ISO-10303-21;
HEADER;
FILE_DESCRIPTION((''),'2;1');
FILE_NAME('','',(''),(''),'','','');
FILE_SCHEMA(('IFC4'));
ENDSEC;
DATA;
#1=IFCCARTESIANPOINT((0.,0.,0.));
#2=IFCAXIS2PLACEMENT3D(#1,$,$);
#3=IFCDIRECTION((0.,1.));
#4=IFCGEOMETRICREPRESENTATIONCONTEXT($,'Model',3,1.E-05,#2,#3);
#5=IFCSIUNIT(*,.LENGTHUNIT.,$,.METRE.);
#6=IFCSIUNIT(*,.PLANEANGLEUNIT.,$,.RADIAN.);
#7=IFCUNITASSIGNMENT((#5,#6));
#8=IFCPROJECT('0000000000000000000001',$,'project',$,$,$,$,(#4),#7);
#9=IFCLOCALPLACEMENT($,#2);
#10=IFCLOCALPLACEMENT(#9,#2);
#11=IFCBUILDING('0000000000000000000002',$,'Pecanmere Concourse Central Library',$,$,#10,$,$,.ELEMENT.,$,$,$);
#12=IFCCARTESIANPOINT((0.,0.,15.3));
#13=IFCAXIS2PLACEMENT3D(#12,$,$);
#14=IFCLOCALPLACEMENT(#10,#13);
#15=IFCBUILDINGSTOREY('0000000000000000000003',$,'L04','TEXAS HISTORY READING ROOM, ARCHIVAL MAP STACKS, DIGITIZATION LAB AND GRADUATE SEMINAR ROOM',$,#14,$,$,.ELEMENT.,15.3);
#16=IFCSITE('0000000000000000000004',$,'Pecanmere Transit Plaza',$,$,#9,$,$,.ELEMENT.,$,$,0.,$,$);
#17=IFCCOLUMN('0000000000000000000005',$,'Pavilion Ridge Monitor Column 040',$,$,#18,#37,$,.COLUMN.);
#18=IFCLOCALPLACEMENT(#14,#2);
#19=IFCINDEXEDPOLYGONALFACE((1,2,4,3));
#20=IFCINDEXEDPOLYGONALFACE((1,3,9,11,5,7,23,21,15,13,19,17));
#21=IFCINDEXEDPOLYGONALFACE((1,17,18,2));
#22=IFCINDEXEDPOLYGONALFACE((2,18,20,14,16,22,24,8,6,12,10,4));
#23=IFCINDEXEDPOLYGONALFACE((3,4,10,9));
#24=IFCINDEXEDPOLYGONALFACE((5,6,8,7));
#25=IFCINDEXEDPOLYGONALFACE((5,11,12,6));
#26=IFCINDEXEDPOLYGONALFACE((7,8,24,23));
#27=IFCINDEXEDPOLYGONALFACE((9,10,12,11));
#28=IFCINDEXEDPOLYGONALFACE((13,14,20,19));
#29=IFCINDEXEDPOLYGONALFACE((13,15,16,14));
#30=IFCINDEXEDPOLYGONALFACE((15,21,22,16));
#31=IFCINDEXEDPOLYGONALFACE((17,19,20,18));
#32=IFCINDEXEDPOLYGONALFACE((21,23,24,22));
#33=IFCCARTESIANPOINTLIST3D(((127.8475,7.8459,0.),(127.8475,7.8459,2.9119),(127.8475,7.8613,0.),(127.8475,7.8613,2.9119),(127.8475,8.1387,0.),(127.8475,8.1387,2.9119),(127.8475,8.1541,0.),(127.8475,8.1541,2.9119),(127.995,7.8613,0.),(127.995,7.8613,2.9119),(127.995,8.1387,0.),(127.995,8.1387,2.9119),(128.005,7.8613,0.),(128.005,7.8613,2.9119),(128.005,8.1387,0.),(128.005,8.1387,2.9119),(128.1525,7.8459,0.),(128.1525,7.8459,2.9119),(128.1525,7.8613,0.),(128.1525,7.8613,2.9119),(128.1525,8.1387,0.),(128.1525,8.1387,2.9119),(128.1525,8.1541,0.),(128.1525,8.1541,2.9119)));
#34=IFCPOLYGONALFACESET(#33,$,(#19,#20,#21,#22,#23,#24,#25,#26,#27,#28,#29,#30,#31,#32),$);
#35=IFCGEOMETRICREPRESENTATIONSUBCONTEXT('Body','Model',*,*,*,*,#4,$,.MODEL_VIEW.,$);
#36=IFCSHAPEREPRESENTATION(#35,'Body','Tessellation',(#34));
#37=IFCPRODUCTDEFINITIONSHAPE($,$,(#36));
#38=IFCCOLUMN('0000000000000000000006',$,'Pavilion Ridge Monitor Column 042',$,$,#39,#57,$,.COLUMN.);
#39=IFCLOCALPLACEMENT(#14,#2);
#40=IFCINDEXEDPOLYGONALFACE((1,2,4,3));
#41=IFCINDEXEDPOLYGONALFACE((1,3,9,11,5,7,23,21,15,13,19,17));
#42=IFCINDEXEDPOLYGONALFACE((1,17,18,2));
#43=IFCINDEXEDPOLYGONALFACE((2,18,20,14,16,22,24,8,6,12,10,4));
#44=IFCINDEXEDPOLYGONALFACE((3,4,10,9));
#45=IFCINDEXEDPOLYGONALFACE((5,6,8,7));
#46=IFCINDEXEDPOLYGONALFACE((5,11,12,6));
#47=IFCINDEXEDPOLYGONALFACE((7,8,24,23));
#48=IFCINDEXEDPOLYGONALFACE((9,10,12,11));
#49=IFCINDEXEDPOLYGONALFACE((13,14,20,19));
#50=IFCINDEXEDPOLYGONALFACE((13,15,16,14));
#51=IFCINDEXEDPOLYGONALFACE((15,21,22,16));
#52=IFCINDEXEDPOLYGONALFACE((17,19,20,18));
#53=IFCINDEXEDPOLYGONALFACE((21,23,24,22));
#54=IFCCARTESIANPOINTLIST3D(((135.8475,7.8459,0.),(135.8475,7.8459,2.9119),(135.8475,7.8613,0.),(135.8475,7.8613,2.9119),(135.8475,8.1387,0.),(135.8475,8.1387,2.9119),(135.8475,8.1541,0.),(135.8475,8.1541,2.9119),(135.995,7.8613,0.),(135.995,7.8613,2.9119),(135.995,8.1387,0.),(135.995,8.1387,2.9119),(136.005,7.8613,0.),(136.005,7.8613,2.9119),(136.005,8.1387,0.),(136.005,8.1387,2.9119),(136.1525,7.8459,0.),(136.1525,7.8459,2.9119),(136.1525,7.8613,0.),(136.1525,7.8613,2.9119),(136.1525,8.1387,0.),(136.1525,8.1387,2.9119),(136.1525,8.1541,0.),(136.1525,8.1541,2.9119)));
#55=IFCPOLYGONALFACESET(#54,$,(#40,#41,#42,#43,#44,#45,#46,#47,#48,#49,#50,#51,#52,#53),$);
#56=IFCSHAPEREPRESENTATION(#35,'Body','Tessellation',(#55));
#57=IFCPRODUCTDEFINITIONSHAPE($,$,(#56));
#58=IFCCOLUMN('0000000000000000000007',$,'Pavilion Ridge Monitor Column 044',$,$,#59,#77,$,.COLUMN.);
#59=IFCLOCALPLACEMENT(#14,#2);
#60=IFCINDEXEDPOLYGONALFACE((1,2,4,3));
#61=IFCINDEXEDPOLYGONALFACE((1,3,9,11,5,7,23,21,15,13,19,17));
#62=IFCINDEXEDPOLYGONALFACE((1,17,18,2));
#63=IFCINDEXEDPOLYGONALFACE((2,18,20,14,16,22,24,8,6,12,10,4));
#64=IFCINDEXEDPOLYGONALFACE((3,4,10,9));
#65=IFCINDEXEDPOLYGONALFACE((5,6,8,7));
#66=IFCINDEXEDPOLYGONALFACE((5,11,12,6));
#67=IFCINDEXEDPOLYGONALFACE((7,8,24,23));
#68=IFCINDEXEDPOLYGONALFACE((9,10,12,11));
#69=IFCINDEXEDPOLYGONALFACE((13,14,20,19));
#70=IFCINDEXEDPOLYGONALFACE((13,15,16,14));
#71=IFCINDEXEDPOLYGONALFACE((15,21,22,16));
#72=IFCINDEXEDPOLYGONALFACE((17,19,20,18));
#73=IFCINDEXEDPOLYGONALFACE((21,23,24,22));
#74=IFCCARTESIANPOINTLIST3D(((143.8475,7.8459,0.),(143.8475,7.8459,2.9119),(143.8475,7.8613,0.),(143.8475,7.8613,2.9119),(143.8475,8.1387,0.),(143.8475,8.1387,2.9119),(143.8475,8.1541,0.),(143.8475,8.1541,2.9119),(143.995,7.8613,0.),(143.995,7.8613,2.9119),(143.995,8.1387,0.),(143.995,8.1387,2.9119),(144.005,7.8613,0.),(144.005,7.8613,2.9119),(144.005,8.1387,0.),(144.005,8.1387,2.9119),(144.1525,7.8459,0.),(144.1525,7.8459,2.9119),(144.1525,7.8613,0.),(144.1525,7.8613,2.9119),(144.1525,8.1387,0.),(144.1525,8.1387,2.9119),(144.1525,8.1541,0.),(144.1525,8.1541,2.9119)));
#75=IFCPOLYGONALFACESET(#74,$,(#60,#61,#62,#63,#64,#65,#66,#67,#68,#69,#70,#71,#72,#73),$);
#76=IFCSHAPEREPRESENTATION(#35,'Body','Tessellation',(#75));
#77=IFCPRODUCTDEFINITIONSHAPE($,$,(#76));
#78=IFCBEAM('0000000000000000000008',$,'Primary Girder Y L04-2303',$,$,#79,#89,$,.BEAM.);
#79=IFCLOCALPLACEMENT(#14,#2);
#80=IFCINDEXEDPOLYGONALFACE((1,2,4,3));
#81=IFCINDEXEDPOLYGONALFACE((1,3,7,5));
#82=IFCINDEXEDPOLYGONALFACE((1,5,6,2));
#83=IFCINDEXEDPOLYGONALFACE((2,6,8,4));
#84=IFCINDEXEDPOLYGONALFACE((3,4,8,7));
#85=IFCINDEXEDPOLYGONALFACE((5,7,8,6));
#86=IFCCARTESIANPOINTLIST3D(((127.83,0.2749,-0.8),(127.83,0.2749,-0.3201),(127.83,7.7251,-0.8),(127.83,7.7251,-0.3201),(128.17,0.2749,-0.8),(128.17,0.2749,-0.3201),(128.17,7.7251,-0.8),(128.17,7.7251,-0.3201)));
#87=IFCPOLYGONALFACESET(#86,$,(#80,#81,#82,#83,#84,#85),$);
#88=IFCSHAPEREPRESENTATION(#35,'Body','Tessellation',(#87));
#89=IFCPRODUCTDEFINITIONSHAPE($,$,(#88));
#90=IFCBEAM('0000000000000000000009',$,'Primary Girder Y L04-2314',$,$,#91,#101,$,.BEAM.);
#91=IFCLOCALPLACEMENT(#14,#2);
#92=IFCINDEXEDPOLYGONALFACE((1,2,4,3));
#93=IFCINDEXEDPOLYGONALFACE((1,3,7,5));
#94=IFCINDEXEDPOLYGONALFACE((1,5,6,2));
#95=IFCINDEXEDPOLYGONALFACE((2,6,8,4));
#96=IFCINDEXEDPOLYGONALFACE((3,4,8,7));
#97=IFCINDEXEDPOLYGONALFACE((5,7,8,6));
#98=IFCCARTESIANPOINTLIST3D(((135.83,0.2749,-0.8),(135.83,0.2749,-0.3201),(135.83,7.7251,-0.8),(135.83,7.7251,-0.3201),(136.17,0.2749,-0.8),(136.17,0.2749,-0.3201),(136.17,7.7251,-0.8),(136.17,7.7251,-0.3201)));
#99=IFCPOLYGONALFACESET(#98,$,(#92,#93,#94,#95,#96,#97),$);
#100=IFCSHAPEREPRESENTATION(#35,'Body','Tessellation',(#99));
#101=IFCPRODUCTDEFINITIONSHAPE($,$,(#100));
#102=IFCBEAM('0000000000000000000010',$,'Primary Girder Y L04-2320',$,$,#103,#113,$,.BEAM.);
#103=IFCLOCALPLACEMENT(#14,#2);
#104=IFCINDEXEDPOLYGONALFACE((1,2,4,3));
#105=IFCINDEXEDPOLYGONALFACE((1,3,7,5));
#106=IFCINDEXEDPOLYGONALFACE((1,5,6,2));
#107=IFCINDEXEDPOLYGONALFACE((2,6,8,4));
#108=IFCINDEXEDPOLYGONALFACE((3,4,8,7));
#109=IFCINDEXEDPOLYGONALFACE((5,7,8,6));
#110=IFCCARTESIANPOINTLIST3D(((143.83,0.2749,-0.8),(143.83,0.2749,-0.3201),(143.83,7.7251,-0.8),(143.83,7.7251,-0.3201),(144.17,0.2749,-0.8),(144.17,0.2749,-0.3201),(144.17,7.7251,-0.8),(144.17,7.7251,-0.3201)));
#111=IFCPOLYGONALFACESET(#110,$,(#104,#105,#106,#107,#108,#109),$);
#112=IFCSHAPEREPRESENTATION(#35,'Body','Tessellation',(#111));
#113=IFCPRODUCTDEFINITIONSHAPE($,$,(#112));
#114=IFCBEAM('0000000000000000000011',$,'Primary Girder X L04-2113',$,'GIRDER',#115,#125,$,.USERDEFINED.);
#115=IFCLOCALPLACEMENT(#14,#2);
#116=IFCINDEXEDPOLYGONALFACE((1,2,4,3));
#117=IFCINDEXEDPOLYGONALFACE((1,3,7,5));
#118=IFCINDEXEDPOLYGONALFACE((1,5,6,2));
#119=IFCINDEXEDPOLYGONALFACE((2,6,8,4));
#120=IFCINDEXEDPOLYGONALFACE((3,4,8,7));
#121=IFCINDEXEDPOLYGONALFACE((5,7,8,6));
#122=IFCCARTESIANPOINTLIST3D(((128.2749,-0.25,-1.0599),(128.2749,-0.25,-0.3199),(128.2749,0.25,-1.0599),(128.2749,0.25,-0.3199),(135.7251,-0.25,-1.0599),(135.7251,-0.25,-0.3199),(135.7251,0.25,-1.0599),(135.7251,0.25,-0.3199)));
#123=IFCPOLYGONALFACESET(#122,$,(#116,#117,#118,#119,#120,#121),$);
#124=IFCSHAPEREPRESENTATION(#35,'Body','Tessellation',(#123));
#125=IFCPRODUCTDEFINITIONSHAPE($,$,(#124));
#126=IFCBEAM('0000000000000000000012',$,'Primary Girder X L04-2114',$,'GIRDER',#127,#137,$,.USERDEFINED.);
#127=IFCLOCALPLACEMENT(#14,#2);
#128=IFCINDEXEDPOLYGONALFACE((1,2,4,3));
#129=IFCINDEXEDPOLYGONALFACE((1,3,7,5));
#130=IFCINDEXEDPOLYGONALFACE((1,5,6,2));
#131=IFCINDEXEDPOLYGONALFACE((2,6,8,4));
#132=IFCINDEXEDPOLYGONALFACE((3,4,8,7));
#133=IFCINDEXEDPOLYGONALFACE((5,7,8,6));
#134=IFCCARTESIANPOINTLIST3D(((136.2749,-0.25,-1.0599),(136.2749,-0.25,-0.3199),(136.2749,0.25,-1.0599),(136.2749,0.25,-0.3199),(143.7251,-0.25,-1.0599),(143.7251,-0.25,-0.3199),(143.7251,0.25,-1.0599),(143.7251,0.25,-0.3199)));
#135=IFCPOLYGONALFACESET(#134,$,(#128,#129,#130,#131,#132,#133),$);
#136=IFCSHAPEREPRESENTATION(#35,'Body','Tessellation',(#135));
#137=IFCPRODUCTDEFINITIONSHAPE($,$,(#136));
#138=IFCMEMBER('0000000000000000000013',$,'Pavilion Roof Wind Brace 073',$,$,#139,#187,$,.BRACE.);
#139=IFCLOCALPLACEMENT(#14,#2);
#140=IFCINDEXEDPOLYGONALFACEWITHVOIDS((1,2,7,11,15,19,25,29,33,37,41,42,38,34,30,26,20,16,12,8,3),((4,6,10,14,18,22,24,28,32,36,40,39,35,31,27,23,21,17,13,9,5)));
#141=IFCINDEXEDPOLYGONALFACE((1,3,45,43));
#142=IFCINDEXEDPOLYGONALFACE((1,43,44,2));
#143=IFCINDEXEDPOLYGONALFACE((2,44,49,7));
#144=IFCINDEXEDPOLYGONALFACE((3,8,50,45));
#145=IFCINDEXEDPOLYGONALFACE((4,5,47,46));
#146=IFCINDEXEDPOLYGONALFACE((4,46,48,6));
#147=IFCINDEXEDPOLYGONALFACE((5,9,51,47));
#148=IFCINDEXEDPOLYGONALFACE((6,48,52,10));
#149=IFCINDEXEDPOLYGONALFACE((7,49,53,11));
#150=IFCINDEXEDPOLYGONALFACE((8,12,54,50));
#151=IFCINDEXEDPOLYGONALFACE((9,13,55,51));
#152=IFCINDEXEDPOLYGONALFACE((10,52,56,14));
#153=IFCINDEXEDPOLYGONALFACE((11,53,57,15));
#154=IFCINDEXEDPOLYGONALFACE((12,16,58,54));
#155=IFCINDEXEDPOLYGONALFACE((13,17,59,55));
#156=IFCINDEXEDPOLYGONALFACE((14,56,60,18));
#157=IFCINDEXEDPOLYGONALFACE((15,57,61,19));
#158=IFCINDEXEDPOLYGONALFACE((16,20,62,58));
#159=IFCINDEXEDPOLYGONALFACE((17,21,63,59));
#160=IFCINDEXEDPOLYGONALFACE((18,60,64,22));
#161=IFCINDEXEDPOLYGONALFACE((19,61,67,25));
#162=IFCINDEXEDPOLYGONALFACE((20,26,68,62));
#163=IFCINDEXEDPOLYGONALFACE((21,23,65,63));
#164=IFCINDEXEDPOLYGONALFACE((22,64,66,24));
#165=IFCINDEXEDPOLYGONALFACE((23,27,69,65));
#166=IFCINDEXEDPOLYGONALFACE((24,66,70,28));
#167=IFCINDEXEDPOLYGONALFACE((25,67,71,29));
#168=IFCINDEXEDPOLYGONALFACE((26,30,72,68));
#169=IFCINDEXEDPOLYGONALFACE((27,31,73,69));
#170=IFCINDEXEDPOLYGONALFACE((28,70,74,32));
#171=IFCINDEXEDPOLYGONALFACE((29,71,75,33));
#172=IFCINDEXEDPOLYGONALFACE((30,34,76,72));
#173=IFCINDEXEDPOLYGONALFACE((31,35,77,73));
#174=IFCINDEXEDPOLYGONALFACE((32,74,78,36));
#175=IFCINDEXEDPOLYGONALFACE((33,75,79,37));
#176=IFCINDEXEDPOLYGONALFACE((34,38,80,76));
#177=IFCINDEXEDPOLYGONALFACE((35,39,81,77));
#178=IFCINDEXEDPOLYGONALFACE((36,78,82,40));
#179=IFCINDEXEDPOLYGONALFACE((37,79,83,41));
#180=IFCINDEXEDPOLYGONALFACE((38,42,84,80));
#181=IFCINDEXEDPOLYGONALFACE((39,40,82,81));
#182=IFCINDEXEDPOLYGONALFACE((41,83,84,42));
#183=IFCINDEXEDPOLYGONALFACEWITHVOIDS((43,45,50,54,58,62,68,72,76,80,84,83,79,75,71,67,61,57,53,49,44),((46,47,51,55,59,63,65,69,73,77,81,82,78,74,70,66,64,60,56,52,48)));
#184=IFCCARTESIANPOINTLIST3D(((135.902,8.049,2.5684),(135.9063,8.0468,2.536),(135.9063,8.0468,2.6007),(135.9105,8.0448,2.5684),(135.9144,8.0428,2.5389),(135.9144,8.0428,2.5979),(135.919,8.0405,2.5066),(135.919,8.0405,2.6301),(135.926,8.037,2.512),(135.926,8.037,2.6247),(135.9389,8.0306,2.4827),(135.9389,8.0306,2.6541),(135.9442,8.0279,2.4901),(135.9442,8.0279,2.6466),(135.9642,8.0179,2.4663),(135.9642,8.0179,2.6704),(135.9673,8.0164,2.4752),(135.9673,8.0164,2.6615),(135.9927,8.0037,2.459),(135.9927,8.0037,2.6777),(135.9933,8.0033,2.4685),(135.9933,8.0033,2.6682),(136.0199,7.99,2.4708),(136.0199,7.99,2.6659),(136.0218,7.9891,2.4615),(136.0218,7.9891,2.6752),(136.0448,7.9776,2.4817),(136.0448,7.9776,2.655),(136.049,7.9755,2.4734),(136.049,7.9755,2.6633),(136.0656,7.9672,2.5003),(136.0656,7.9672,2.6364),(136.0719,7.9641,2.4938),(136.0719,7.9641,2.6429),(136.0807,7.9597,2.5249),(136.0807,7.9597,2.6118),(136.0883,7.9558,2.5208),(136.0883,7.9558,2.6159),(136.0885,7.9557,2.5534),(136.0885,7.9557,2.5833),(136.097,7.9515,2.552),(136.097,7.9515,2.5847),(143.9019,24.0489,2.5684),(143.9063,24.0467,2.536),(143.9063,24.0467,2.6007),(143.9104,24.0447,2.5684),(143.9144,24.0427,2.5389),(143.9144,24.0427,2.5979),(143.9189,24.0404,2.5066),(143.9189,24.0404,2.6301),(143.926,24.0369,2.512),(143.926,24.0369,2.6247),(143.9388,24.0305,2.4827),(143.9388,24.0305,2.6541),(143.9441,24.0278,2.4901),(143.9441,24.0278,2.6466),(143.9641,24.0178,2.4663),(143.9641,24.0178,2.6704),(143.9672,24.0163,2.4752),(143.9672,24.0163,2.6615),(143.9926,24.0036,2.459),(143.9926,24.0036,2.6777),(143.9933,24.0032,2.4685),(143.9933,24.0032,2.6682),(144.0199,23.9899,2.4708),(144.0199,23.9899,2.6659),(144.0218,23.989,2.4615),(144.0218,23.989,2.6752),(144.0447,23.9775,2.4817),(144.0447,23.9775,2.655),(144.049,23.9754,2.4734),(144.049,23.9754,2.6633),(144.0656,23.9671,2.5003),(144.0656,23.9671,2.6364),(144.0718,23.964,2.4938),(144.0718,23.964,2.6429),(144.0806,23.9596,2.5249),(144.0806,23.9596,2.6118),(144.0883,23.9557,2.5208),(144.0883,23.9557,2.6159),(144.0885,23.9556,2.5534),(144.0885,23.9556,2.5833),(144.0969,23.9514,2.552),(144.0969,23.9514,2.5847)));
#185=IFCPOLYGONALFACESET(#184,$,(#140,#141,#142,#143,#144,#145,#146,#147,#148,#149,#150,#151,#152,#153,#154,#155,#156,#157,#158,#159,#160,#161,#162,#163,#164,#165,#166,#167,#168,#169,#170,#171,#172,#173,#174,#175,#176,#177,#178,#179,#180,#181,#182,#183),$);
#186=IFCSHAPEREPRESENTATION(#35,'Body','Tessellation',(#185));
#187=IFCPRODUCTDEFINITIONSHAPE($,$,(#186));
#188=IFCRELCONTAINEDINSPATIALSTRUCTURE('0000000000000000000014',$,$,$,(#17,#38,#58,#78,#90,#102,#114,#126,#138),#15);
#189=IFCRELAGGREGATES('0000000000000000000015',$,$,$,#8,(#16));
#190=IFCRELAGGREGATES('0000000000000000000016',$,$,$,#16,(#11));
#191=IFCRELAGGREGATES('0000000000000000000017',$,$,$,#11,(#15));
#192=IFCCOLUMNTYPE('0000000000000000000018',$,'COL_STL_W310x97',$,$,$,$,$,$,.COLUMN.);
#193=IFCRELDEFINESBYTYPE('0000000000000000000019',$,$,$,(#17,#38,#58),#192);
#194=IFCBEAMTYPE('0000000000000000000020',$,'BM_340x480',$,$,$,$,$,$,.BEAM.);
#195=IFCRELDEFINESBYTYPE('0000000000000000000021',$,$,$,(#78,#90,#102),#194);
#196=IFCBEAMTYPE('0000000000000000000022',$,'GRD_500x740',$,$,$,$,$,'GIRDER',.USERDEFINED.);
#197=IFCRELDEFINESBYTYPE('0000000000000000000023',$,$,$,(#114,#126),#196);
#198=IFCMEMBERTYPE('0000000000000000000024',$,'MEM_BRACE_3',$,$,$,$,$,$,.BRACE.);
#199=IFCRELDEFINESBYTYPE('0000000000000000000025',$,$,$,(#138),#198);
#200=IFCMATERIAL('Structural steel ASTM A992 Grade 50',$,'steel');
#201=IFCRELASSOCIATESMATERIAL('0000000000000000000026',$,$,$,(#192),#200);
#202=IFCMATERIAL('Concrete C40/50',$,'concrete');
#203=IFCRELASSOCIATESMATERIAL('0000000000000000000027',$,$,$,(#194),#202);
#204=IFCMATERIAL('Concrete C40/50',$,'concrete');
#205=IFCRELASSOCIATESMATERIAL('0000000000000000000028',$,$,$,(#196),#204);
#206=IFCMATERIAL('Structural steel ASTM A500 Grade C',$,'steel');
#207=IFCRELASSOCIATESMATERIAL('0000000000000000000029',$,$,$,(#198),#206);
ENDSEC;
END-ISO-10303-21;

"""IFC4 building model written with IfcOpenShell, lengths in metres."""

from ifc_helpers import new_model, si_unit, direction, frame, origin, origin_2d, place, context, subcontext, project, spatial, rectangle, hollow_circle, i_section, extrude, material, material_profile, profile_set, type_object, element, save


model = new_model("IFC4")

# Units and contexts
model_context = context("Model", 3, precision=1e-05, world=origin(), true_north=direction((0.0, 1.0)))
body_context = subcontext(model_context, "Body", "Model", "MODEL_VIEW")
ifc_project = project(units=[si_unit("LENGTHUNIT", "METRE"), si_unit("PLANEANGLEUNIT", "RADIAN")], contexts=[model_context])

# Site, building, storey
site_placement = place(None, origin())
site = spatial("IfcSite", under=ifc_project, at=site_placement, Name="Pecanmere Transit Plaza", CompositionType="ELEMENT", RefElevation=0.0)
building_placement = place(site_placement, origin())
building = spatial("IfcBuilding", under=site, at=building_placement, Name="Pecanmere Concourse Central Library", CompositionType="ELEMENT")
storey_placement = place(building_placement, frame((0.0, 0.0, 15.3)))
storey = spatial("IfcBuildingStorey", under=building, at=storey_placement, Name="L04", Description="TEXAS HISTORY READING ROOM, ARCHIVAL MAP STACKS, DIGITIZATION LAB AND GRADUATE SEMINAR ROOM", CompositionType="ELEMENT", Elevation=15.3)

# Columns
ifc_material_1 = material(Name="Structural steel ASTM A992 Grade 50", Category="steel")
ifc_material_profile_1 = material_profile(ifc_material_1, i_section(OverallWidth=0.3049, OverallDepth=0.3081, WebThickness=0.01, FlangeThickness=0.0154, at=origin_2d()), Name="W310x97")
ifc_profile_set_1 = profile_set([ifc_material_profile_1], Name="Structural steel ASTM A992 Grade 50")
column_type = type_object("IfcColumnType", Name="COL_STL_W310x97", PredefinedType="COLUMN", material=ifc_profile_set_1)
for number, where, z_axis, x_axis, name in (
    (1, (128.0, 8.0, 0.0), (0.0, 0.0, 1.0), (1.0, 0.0, 0.0), "Pavilion Ridge Monitor Column 040"),
    (2, (136.0, 8.0, 0.0), (0.0, 0.0, 1.0), (1.0, 0.0, 0.0), "Pavilion Ridge Monitor Column 042"),
    (3, (144.0, 8.0, 0.0), (0.0, 0.0, 1.0), (1.0, 0.0, 0.0), "Pavilion Ridge Monitor Column 044"),
):
    element("IfcColumn", number, at=place(storey_placement, frame(where, z_axis=z_axis, x_axis=x_axis)), inside=storey, type_object=column_type, Name=name, PredefinedType="COLUMN", context=body_context, shape_type="SweptSolid", body=[
        extrude(i_section(OverallWidth=0.3049, OverallDepth=0.3081, WebThickness=0.01, FlangeThickness=0.0154, at=origin_2d()), origin(), (0.0, 0.0, 1.0), 2.9119),
    ])

# Beams
ifc_material_2 = material(Name="Concrete C40/50", Category="concrete")
ifc_material_profile_2 = material_profile(ifc_material_2, rectangle(XDim=0.3401, YDim=0.48, at=origin_2d()), Name="RC 340x480")
ifc_profile_set_2 = profile_set([ifc_material_profile_2], Name="Concrete C40/50")
beam_type_1 = type_object("IfcBeamType", Name="BM_340x480", PredefinedType="BEAM", material=ifc_profile_set_2)
for number, where, z_axis, x_axis, name in (
    (4, (128.0, 0.2749, -0.5601), (0.0, 1.0, 0.0), (-1.0, 0.0, 0.0), "Primary Girder Y L04-2303"),
    (5, (136.0, 0.2749, -0.5601), (0.0, 1.0, 0.0), (-1.0, 0.0, 0.0), "Primary Girder Y L04-2314"),
    (6, (144.0, 0.2749, -0.5601), (0.0, 1.0, 0.0), (-1.0, 0.0, 0.0), "Primary Girder Y L04-2320"),
):
    element("IfcBeam", number, at=place(storey_placement, frame(where, z_axis=z_axis, x_axis=x_axis)), inside=storey, type_object=beam_type_1, Name=name, PredefinedType="BEAM", context=body_context, shape_type="SweptSolid", body=[
        extrude(rectangle(XDim=0.3401, YDim=0.48, at=origin_2d()), origin(), (0.0, 0.0, 1.0), 7.4502),
    ])
ifc_material_3 = material(Name="Concrete C40/50", Category="concrete")
ifc_material_profile_3 = material_profile(ifc_material_3, rectangle(XDim=0.5, YDim=0.74, at=origin_2d()), Name="RC 500x740")
ifc_profile_set_3 = profile_set([ifc_material_profile_3], Name="Concrete C40/50")
beam_type_2 = type_object("IfcBeamType", Name="GRD_500x740", ElementType="GIRDER", PredefinedType="USERDEFINED", material=ifc_profile_set_3)
for number, where, z_axis, x_axis, name in (
    (7, (128.2749, 0.0, -0.6899), (1.0, 0.0, 0.0), (0.0, 1.0, 0.0), "Primary Girder X L04-2113"),
    (8, (136.2749, 0.0, -0.6899), (1.0, 0.0, 0.0), (0.0, 1.0, 0.0), "Primary Girder X L04-2114"),
):
    element("IfcBeam", number, at=place(storey_placement, frame(where, z_axis=z_axis, x_axis=x_axis)), inside=storey, type_object=beam_type_2, Name=name, ObjectType="GIRDER", PredefinedType="USERDEFINED", context=body_context, shape_type="SweptSolid", body=[
        extrude(rectangle(XDim=0.5, YDim=0.74, at=origin_2d()), origin(), (0.0, 0.0, 1.0), 7.4502),
    ])

# Member
ifc_material_4 = material(Name="Structural steel ASTM A500 Grade C", Category="steel")
ifc_material_profile_4 = material_profile(ifc_material_4, hollow_circle(Radius=0.1096, WallThickness=0.0095, at=origin_2d()), Name="HSS219.1x9.5")
ifc_profile_set_4 = profile_set([ifc_material_profile_4], Name="Structural steel ASTM A500 Grade C")
member_type_1 = type_object("IfcMemberType", Name="MEM_BRACE_3", PredefinedType="BRACE", material=ifc_profile_set_4)
member_1_placement = place(storey_placement, frame((136.0, 8.0, 2.5684), z_axis=(0.447214, 0.894427, 0.0), x_axis=(-0.894427, 0.447214, 0.0)))
element("IfcMember", 9, at=member_1_placement, inside=storey, type_object=member_type_1, Name="Pavilion Roof Wind Brace 073", PredefinedType="BRACE", context=body_context, shape_type="SweptSolid", body=[
    extrude(hollow_circle(Radius=0.1096, WallThickness=0.0095, at=origin_2d()), origin(), (0.0, 0.0, 1.0), 17.8884),
])

save(model, "model.ifc")
